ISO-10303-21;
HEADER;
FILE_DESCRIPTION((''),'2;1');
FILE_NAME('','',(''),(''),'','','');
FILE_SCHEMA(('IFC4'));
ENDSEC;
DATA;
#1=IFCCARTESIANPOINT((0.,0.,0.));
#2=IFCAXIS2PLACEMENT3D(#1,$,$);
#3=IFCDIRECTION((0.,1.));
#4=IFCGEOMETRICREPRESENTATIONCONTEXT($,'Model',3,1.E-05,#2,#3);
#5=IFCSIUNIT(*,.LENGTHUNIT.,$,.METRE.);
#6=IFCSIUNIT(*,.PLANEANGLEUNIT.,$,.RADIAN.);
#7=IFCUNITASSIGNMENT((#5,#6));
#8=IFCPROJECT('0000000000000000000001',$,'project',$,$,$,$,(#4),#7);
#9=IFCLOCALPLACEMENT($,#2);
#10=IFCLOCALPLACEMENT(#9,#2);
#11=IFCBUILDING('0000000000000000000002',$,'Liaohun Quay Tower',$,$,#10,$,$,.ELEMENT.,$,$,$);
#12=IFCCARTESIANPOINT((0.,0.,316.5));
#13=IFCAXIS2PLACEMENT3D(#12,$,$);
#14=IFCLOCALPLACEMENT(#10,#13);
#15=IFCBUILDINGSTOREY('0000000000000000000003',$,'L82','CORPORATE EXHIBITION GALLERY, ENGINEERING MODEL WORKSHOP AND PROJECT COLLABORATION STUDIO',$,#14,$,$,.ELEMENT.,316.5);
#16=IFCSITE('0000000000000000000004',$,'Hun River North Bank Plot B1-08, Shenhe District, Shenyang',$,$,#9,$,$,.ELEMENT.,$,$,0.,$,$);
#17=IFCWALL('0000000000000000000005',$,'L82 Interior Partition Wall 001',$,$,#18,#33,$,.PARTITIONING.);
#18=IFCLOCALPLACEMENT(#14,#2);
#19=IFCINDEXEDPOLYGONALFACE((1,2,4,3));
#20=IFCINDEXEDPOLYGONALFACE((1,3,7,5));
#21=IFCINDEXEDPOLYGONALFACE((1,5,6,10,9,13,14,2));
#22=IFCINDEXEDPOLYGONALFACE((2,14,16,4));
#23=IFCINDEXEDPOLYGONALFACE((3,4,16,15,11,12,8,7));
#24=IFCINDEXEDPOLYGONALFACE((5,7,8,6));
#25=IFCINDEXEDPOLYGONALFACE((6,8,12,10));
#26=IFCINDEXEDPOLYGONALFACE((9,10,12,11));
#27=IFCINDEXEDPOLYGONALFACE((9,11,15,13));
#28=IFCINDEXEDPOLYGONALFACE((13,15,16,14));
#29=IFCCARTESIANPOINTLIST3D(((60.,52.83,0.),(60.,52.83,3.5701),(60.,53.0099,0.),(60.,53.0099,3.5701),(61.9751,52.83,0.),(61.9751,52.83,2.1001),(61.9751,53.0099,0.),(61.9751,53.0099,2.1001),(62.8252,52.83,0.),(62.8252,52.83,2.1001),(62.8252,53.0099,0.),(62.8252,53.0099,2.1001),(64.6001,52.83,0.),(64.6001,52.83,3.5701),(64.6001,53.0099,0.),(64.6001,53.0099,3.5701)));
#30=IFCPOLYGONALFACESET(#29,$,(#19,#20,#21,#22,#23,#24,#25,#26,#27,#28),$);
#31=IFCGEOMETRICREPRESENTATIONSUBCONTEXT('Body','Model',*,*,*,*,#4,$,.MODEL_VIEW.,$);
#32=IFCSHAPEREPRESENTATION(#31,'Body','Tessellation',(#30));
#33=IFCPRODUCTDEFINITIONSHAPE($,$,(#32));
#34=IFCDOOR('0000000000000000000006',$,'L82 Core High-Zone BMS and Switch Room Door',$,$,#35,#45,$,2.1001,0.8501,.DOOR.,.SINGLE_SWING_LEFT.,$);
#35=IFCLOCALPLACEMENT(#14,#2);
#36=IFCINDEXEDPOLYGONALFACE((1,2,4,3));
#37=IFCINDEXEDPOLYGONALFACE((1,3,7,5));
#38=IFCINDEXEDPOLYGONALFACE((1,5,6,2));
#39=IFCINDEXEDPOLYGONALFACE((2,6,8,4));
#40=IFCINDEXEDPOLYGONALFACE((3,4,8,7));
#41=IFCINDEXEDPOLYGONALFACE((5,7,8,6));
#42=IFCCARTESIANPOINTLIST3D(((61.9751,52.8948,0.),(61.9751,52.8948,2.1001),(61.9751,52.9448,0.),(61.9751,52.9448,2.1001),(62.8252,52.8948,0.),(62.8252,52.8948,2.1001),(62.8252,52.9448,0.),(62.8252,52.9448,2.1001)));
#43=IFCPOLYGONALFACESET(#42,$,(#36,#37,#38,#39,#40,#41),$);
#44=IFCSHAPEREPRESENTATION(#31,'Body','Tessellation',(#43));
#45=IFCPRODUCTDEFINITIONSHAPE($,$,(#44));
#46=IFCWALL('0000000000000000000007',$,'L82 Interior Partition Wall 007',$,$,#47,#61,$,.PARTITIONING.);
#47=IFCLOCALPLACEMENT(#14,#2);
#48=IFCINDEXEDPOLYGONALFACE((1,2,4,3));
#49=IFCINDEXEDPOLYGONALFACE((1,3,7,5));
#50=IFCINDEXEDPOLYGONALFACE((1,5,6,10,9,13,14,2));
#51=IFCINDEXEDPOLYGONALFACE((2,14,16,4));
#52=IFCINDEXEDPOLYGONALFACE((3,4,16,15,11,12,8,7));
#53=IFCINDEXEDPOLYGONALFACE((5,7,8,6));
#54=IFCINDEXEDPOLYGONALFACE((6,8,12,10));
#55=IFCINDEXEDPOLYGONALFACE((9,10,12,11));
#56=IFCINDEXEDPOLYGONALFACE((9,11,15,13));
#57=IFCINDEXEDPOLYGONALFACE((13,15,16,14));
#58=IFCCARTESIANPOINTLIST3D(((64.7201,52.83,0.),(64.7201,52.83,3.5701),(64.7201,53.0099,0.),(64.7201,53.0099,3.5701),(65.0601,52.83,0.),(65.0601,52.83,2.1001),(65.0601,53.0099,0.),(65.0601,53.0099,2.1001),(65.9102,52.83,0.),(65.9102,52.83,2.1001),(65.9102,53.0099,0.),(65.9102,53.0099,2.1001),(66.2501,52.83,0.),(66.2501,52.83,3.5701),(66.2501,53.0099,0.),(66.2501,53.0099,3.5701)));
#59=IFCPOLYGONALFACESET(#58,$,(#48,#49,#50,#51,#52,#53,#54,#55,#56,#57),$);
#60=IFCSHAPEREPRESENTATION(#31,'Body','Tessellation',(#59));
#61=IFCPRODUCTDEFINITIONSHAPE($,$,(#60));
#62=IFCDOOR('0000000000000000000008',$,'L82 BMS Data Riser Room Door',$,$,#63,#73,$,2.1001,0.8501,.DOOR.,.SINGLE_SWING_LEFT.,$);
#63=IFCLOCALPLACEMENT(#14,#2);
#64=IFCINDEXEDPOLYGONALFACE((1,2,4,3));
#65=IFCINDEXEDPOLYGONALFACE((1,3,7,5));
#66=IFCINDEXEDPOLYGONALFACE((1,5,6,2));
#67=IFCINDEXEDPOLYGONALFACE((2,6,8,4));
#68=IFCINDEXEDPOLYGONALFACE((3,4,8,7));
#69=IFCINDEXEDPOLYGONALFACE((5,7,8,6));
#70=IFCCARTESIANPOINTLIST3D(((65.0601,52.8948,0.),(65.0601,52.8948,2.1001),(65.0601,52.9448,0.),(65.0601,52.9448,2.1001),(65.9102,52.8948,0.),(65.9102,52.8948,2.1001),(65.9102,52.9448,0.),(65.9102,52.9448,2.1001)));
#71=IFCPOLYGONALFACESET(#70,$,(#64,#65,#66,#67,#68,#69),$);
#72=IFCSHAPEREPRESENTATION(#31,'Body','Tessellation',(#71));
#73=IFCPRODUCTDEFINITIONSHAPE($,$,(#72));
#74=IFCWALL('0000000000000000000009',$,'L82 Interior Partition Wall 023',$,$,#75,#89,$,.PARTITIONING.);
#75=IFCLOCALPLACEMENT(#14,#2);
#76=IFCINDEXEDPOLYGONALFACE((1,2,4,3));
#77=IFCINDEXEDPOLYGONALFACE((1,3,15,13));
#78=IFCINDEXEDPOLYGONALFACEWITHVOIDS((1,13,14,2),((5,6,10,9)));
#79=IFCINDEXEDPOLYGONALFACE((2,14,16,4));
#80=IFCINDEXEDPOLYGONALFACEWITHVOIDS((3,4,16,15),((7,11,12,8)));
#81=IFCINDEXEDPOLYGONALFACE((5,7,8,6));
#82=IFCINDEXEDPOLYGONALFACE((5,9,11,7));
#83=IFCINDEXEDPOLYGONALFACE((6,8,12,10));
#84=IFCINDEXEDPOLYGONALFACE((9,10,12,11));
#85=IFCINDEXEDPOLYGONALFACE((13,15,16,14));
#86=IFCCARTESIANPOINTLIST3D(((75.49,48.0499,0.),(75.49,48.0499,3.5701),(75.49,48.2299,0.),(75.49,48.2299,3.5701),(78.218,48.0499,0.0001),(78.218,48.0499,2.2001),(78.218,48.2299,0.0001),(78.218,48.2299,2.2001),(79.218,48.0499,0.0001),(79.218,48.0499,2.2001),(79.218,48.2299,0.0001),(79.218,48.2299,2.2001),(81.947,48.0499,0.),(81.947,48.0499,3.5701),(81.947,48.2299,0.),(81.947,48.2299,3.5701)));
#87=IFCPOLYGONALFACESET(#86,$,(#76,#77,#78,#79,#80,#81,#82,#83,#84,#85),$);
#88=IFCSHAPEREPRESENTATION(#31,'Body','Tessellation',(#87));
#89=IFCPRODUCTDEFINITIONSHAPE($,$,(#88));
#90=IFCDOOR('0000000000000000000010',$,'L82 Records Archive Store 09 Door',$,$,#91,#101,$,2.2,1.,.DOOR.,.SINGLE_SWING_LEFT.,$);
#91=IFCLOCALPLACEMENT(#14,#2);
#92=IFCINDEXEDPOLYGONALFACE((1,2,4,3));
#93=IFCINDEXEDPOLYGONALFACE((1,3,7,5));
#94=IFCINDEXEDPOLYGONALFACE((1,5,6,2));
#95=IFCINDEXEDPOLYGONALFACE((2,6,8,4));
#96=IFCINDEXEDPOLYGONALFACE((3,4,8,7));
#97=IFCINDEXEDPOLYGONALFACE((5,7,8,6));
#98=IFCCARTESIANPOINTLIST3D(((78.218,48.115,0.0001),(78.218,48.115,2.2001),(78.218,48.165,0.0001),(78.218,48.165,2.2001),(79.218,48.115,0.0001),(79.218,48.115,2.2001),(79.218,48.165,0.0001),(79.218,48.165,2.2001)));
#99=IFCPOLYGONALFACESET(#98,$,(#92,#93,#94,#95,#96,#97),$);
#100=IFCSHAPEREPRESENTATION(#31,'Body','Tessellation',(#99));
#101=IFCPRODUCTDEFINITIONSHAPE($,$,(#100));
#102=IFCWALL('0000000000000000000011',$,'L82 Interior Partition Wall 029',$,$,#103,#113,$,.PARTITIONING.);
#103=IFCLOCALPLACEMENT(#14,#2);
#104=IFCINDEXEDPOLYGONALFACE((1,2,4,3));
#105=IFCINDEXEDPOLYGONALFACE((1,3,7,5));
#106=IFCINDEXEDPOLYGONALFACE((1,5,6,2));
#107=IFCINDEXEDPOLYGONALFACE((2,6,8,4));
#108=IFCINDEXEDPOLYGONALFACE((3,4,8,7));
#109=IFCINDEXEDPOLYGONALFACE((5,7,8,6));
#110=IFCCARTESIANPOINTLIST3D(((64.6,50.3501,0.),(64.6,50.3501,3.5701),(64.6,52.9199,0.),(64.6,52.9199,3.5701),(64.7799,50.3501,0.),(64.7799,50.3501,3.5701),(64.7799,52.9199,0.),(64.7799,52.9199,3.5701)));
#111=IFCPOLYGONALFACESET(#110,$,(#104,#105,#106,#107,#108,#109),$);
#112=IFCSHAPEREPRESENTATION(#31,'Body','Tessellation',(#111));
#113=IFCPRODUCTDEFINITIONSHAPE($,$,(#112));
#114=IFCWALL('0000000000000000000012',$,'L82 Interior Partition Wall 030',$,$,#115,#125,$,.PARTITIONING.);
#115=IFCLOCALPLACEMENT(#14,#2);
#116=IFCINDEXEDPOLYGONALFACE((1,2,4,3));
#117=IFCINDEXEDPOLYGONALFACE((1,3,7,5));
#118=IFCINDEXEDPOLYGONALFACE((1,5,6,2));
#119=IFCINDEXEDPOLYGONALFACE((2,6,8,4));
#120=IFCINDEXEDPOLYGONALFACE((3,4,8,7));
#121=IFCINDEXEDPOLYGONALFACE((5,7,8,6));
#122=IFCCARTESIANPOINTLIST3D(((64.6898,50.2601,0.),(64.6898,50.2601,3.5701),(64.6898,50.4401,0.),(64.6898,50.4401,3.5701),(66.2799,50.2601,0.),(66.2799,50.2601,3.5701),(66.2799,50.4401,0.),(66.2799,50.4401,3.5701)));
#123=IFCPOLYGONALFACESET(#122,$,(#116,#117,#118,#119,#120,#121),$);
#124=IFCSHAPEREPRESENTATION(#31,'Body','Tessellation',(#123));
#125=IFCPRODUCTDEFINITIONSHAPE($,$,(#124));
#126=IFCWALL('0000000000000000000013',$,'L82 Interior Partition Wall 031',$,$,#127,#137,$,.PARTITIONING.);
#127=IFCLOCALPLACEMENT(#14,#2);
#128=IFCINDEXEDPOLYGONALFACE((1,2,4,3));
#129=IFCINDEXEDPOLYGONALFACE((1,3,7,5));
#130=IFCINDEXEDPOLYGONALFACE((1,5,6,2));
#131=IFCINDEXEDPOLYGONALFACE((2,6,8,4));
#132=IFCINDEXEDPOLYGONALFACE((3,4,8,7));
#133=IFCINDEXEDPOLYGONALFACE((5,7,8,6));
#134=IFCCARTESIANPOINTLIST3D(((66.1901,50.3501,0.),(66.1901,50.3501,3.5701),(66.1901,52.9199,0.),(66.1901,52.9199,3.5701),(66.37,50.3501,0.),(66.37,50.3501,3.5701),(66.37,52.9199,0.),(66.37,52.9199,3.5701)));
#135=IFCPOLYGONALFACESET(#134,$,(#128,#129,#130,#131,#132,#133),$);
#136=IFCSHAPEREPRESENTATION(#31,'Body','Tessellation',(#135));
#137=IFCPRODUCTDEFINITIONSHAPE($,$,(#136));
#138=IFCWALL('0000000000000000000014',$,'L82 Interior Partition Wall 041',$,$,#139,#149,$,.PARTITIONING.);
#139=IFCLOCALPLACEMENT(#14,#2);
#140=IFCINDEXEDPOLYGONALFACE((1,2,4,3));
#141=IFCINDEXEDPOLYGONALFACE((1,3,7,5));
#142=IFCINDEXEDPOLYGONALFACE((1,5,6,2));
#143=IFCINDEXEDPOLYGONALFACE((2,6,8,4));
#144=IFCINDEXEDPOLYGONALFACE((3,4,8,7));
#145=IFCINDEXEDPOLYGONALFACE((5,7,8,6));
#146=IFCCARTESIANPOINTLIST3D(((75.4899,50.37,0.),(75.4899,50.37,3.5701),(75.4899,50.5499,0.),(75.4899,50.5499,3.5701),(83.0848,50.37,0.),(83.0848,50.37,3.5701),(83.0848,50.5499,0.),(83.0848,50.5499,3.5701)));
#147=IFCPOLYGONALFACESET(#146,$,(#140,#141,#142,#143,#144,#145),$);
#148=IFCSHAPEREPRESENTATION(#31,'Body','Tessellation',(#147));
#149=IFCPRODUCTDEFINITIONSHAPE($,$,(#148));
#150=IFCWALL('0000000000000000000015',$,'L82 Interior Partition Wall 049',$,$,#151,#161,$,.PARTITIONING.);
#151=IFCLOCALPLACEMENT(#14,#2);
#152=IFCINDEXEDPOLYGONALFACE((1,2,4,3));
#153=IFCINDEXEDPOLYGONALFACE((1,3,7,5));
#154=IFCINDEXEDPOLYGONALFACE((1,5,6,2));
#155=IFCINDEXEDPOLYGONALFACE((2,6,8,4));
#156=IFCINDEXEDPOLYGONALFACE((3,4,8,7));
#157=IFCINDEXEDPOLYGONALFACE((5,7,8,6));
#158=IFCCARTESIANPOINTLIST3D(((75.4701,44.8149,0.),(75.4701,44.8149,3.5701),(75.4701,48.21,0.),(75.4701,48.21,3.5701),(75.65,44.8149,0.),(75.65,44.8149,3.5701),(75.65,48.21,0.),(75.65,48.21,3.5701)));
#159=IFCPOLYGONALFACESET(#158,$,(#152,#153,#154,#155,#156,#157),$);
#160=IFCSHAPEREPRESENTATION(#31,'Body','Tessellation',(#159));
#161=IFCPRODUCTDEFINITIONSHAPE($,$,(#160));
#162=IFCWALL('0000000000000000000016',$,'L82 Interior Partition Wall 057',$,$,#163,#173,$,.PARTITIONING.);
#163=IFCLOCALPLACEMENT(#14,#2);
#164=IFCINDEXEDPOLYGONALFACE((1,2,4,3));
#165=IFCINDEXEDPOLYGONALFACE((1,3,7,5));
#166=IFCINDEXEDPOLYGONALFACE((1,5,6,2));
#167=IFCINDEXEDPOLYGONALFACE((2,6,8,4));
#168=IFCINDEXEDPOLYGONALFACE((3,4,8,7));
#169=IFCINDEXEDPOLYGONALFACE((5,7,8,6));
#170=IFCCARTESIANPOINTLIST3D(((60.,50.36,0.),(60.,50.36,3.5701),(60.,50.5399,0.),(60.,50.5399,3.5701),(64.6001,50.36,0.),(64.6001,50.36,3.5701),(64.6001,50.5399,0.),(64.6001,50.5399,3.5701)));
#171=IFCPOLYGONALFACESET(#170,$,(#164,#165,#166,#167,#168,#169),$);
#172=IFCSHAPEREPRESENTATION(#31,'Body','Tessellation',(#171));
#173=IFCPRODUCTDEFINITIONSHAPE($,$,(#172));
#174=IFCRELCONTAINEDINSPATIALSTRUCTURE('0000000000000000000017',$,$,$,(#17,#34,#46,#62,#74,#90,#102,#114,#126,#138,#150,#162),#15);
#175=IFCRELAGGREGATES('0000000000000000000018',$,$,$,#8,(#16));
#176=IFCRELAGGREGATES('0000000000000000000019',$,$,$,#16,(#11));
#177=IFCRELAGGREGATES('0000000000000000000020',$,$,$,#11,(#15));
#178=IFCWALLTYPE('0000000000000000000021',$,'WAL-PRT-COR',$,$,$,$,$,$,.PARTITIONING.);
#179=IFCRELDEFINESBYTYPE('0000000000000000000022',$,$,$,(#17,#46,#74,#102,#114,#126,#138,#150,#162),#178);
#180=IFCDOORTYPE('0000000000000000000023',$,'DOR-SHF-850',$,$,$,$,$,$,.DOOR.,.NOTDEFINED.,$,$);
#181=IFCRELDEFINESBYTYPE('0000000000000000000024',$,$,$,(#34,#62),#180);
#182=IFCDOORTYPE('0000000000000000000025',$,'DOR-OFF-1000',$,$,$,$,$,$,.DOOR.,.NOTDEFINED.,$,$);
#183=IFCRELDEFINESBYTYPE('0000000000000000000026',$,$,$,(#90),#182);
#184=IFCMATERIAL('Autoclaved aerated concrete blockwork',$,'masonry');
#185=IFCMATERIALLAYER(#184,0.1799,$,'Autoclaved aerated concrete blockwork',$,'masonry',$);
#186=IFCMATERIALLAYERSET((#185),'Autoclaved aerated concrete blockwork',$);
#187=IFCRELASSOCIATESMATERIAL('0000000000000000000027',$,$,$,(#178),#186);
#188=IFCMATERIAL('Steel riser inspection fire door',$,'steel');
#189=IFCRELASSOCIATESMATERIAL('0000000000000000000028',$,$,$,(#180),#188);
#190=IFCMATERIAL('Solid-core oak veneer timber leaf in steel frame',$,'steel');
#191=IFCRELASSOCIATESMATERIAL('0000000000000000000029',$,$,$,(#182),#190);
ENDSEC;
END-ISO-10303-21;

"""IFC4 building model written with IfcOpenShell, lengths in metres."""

from ifc_helpers import new_model, si_unit, direction, frame, frame_2d, origin, place, context, subcontext, project, spatial, rectangle, extrude, source, transform, mapped, material, layer, layer_set, type_object, element, fill, save


model = new_model("IFC4")

# Units and contexts
model_context = context("Model", 3, precision=1e-05, world=origin(), true_north=direction((0.0, 1.0)))
body_context = subcontext(model_context, "Body", "Model", "MODEL_VIEW")
ifc_project = project(units=[si_unit("LENGTHUNIT", "METRE"), si_unit("PLANEANGLEUNIT", "RADIAN")], contexts=[model_context])

# Site, building, storey
site_placement = place(None, origin())
site = spatial("IfcSite", under=ifc_project, at=site_placement, Name="Hun River North Bank Plot B1-08, Shenhe District, Shenyang", CompositionType="ELEMENT", RefElevation=0.0)
building_placement = place(site_placement, origin())
building = spatial("IfcBuilding", under=site, at=building_placement, Name="Liaohun Quay Tower", CompositionType="ELEMENT")
storey_placement = place(building_placement, frame((0.0, 0.0, 316.5)))
storey = spatial("IfcBuildingStorey", under=building, at=storey_placement, Name="L82", Description="CORPORATE EXHIBITION GALLERY, ENGINEERING MODEL WORKSHOP AND PROJECT COLLABORATION STUDIO", CompositionType="ELEMENT", Elevation=316.5)

# Walls, openings, doors
ifc_material_1 = material(Name="Autoclaved aerated concrete blockwork", Category="masonry")
ifc_layer_1 = layer(ifc_material_1, 0.1799, Name="Autoclaved aerated concrete blockwork", Category="masonry")
ifc_layer_set_1 = layer_set([ifc_layer_1], Name="Autoclaved aerated concrete blockwork")
wall_type_1 = type_object("IfcWallType", Name="WAL-PRT-COR", PredefinedType="PARTITIONING", material=ifc_layer_set_1)
wall_1_placement = place(storey_placement, frame((60.0, 52.9199, 0.0), z_axis=(0.0, 0.0, 1.0), x_axis=(1.0, 0.0, 0.0)))
wall_1 = element("IfcWall", 1, at=wall_1_placement, inside=storey, type_object=wall_type_1, Name="L82 Interior Partition Wall 001", PredefinedType="PARTITIONING", context=body_context, shape_type="SweptSolid", body=[
    extrude(rectangle(XDim=4.6001, YDim=0.1799, at=frame_2d((2.3, 0.0))), origin(), (0.0, 0.0, 1.0), 3.5701),
])
shared_shape_1 = source(origin(), body_context, "Body", "SweptSolid", [
    extrude(rectangle(XDim=0.8501, YDim=2.1001, at=frame_2d((0.425, 1.05))), frame((0.0, 0.0999, 0.0), z_axis=(0.0, -1.0, 0.0), x_axis=(1.0, 0.0, 0.0)), (0.0, 0.0, 1.0), 0.2),
])
opening_1_placement = place(wall_1_placement, frame((1.9751, 0.0, 0.0)))
opening_1 = element("IfcOpeningElement", 2, at=opening_1_placement, cuts=wall_1, PredefinedType="OPENING", context=body_context, shape_type="MappedRepresentation", body=[
    mapped(shared_shape_1, transform((0.0, 0.0, 0.0), x_axis=(1.0, 0.0, 0.0), y_axis=(0.0, 1.0, 0.0), z_axis=(0.0, 0.0, 1.0), scale=1.0)),
])
ifc_material_2 = material(Name="Steel riser inspection fire door", Category="steel")
door_type_1 = type_object("IfcDoorType", Name="DOR-SHF-850", OperationType="NOTDEFINED", PredefinedType="DOOR", material=ifc_material_2)
shared_shape_2 = source(origin(), body_context, "Body", "SweptSolid", [
    extrude(rectangle(XDim=0.8501, YDim=2.1001, at=frame_2d((0.425, 1.05))), frame((0.0, 0.0249, 0.0), z_axis=(0.0, -1.0, 0.0), x_axis=(1.0, 0.0, 0.0)), (0.0, 0.0, 1.0), 0.05),
])
door_1_placement = place(opening_1_placement, origin())
door_1 = element("IfcDoor", 3, at=door_1_placement, inside=storey, type_object=door_type_1, Name="L82 Core High-Zone BMS and Switch Room Door", OperationType="SINGLE_SWING_LEFT", OverallHeight=2.1001, OverallWidth=0.8501, PredefinedType="DOOR", context=body_context, shape_type="MappedRepresentation", body=[
    mapped(shared_shape_2, transform((0.0, 0.0, 0.0), x_axis=(1.0, 0.0, 0.0), y_axis=(0.0, 1.0, 0.0), z_axis=(0.0, 0.0, 1.0), scale=1.0)),
])
fill(opening_1, door_1)
wall_2_placement = place(storey_placement, frame((64.72, 52.9199, 0.0), z_axis=(0.0, 0.0, 1.0), x_axis=(1.0, 0.0, 0.0)))
wall_2 = element("IfcWall", 4, at=wall_2_placement, inside=storey, type_object=wall_type_1, Name="L82 Interior Partition Wall 007", PredefinedType="PARTITIONING", context=body_context, shape_type="SweptSolid", body=[
    extrude(rectangle(XDim=1.53, YDim=0.1799, at=frame_2d((0.7651, 0.0))), origin(), (0.0, 0.0, 1.0), 3.5701),
])
opening_2_placement = place(wall_2_placement, frame((0.3401, 0.0, 0.0)))
opening_2 = element("IfcOpeningElement", 5, at=opening_2_placement, cuts=wall_2, PredefinedType="OPENING", context=body_context, shape_type="MappedRepresentation", body=[
    mapped(shared_shape_1, transform((0.0, 0.0, 0.0), x_axis=(1.0, 0.0, 0.0), y_axis=(0.0, 1.0, 0.0), z_axis=(0.0, 0.0, 1.0), scale=1.0)),
])
door_2_placement = place(opening_2_placement, origin())
door_2 = element("IfcDoor", 6, at=door_2_placement, inside=storey, type_object=door_type_1, Name="L82 BMS Data Riser Room Door", OperationType="SINGLE_SWING_LEFT", OverallHeight=2.1001, OverallWidth=0.8501, PredefinedType="DOOR", context=body_context, shape_type="MappedRepresentation", body=[
    mapped(shared_shape_2, transform((0.0, 0.0, 0.0), x_axis=(1.0, 0.0, 0.0), y_axis=(0.0, 1.0, 0.0), z_axis=(0.0, 0.0, 1.0), scale=1.0)),
])
fill(opening_2, door_2)
wall_3_placement = place(storey_placement, frame((81.947, 48.1399, 0.0), z_axis=(0.0, 0.0, 1.0), x_axis=(-1.0, 0.0, 0.0)))
wall_3 = element("IfcWall", 7, at=wall_3_placement, inside=storey, type_object=wall_type_1, Name="L82 Interior Partition Wall 023", PredefinedType="PARTITIONING", context=body_context, shape_type="SweptSolid", body=[
    extrude(rectangle(XDim=6.457, YDim=0.1799, at=frame_2d((3.2285, 0.0))), origin(), (0.0, 0.0, 1.0), 3.5701),
])
shared_shape_3 = source(origin(), body_context, "Body", "SweptSolid", [
    extrude(rectangle(XDim=1.0, YDim=2.2, at=frame_2d((0.5, 1.1001))), frame((0.0, 0.0999, 0.0), z_axis=(0.0, -1.0, 0.0), x_axis=(1.0, 0.0, 0.0)), (0.0, 0.0, 1.0), 0.2),
])
opening_3_placement = place(wall_3_placement, frame((2.729, 0.0, 0.0)))
opening_3 = element("IfcOpeningElement", 8, at=opening_3_placement, cuts=wall_3, PredefinedType="OPENING", context=body_context, shape_type="MappedRepresentation", body=[
    mapped(shared_shape_3, transform((0.0, 0.0, 0.0), x_axis=(1.0, 0.0, 0.0), y_axis=(0.0, 1.0, 0.0), z_axis=(0.0, 0.0, 1.0), scale=1.0)),
])
ifc_material_3 = material(Name="Solid-core oak veneer timber leaf in steel frame", Category="steel")
door_type_2 = type_object("IfcDoorType", Name="DOR-OFF-1000", OperationType="NOTDEFINED", PredefinedType="DOOR", material=ifc_material_3)
shared_shape_4 = source(origin(), body_context, "Body", "SweptSolid", [
    extrude(rectangle(XDim=1.0, YDim=2.2, at=frame_2d((0.5, 1.1001))), frame((0.0, 0.0249, 0.0), z_axis=(0.0, -1.0, 0.0), x_axis=(1.0, 0.0, 0.0)), (0.0, 0.0, 1.0), 0.05),
])
door_3_placement = place(opening_3_placement, origin())
door_3 = element("IfcDoor", 9, at=door_3_placement, inside=storey, type_object=door_type_2, Name="L82 Records Archive Store 09 Door", OperationType="SINGLE_SWING_LEFT", OverallHeight=2.2, OverallWidth=1.0, PredefinedType="DOOR", context=body_context, shape_type="MappedRepresentation", body=[
    mapped(shared_shape_4, transform((0.0, 0.0, 0.0), x_axis=(1.0, 0.0, 0.0), y_axis=(0.0, 1.0, 0.0), z_axis=(0.0, 0.0, 1.0), scale=1.0)),
])
fill(opening_3, door_3)

# Walls
wall_4_placement = place(storey_placement, frame((64.6899, 50.3501, 0.0), z_axis=(0.0, 0.0, 1.0), x_axis=(0.0, 1.0, 0.0)))
element("IfcWall", 10, at=wall_4_placement, inside=storey, type_object=wall_type_1, Name="L82 Interior Partition Wall 029", PredefinedType="PARTITIONING", context=body_context, shape_type="SweptSolid", body=[
    extrude(rectangle(XDim=2.5698, YDim=0.1799, at=frame_2d((1.2849, 0.0))), origin(), (0.0, 0.0, 1.0), 3.5701),
])
wall_5_placement = place(storey_placement, frame((64.6899, 50.3501, 0.0), z_axis=(0.0, 0.0, 1.0), x_axis=(1.0, 0.0, 0.0)))
element("IfcWall", 11, at=wall_5_placement, inside=storey, type_object=wall_type_1, Name="L82 Interior Partition Wall 030", PredefinedType="PARTITIONING", context=body_context, shape_type="SweptSolid", body=[
    extrude(rectangle(XDim=1.5901, YDim=0.1799, at=frame_2d((0.7949, 0.0))), origin(), (0.0, 0.0, 1.0), 3.5701),
])
wall_6_placement = place(storey_placement, frame((66.28, 50.3501, 0.0), z_axis=(0.0, 0.0, 1.0), x_axis=(0.0, 1.0, 0.0)))
element("IfcWall", 12, at=wall_6_placement, inside=storey, type_object=wall_type_1, Name="L82 Interior Partition Wall 031", PredefinedType="PARTITIONING", context=body_context, shape_type="SweptSolid", body=[
    extrude(rectangle(XDim=2.5698, YDim=0.1799, at=frame_2d((1.2849, 0.0))), origin(), (0.0, 0.0, 1.0), 3.5701),
])
wall_7_placement = place(storey_placement, frame((75.49, 50.46, 0.0), z_axis=(0.0, 0.0, 1.0), x_axis=(1.0, 0.0, 0.0)))
element("IfcWall", 13, at=wall_7_placement, inside=storey, type_object=wall_type_1, Name="L82 Interior Partition Wall 041", PredefinedType="PARTITIONING", context=body_context, shape_type="SweptSolid", body=[
    extrude(rectangle(XDim=7.595, YDim=0.1799, at=frame_2d((3.7974, 0.0))), origin(), (0.0, 0.0, 1.0), 3.5701),
])
wall_8_placement = place(storey_placement, frame((75.5601, 48.21, 0.0), z_axis=(0.0, 0.0, 1.0), x_axis=(0.0, -1.0, 0.0)))
element("IfcWall", 14, at=wall_8_placement, inside=storey, type_object=wall_type_1, Name="L82 Interior Partition Wall 049", PredefinedType="PARTITIONING", context=body_context, shape_type="SweptSolid", body=[
    extrude(rectangle(XDim=3.395, YDim=0.1799, at=frame_2d((1.6975, 0.0))), origin(), (0.0, 0.0, 1.0), 3.5701),
])
wall_9_placement = place(storey_placement, frame((60.0, 50.45, 0.0), z_axis=(0.0, 0.0, 1.0), x_axis=(1.0, 0.0, 0.0)))
element("IfcWall", 15, at=wall_9_placement, inside=storey, type_object=wall_type_1, Name="L82 Interior Partition Wall 057", PredefinedType="PARTITIONING", context=body_context, shape_type="SweptSolid", body=[
    extrude(rectangle(XDim=4.6001, YDim=0.1799, at=frame_2d((2.3, 0.0))), origin(), (0.0, 0.0, 1.0), 3.5701),
])

save(model, "model.ifc")
